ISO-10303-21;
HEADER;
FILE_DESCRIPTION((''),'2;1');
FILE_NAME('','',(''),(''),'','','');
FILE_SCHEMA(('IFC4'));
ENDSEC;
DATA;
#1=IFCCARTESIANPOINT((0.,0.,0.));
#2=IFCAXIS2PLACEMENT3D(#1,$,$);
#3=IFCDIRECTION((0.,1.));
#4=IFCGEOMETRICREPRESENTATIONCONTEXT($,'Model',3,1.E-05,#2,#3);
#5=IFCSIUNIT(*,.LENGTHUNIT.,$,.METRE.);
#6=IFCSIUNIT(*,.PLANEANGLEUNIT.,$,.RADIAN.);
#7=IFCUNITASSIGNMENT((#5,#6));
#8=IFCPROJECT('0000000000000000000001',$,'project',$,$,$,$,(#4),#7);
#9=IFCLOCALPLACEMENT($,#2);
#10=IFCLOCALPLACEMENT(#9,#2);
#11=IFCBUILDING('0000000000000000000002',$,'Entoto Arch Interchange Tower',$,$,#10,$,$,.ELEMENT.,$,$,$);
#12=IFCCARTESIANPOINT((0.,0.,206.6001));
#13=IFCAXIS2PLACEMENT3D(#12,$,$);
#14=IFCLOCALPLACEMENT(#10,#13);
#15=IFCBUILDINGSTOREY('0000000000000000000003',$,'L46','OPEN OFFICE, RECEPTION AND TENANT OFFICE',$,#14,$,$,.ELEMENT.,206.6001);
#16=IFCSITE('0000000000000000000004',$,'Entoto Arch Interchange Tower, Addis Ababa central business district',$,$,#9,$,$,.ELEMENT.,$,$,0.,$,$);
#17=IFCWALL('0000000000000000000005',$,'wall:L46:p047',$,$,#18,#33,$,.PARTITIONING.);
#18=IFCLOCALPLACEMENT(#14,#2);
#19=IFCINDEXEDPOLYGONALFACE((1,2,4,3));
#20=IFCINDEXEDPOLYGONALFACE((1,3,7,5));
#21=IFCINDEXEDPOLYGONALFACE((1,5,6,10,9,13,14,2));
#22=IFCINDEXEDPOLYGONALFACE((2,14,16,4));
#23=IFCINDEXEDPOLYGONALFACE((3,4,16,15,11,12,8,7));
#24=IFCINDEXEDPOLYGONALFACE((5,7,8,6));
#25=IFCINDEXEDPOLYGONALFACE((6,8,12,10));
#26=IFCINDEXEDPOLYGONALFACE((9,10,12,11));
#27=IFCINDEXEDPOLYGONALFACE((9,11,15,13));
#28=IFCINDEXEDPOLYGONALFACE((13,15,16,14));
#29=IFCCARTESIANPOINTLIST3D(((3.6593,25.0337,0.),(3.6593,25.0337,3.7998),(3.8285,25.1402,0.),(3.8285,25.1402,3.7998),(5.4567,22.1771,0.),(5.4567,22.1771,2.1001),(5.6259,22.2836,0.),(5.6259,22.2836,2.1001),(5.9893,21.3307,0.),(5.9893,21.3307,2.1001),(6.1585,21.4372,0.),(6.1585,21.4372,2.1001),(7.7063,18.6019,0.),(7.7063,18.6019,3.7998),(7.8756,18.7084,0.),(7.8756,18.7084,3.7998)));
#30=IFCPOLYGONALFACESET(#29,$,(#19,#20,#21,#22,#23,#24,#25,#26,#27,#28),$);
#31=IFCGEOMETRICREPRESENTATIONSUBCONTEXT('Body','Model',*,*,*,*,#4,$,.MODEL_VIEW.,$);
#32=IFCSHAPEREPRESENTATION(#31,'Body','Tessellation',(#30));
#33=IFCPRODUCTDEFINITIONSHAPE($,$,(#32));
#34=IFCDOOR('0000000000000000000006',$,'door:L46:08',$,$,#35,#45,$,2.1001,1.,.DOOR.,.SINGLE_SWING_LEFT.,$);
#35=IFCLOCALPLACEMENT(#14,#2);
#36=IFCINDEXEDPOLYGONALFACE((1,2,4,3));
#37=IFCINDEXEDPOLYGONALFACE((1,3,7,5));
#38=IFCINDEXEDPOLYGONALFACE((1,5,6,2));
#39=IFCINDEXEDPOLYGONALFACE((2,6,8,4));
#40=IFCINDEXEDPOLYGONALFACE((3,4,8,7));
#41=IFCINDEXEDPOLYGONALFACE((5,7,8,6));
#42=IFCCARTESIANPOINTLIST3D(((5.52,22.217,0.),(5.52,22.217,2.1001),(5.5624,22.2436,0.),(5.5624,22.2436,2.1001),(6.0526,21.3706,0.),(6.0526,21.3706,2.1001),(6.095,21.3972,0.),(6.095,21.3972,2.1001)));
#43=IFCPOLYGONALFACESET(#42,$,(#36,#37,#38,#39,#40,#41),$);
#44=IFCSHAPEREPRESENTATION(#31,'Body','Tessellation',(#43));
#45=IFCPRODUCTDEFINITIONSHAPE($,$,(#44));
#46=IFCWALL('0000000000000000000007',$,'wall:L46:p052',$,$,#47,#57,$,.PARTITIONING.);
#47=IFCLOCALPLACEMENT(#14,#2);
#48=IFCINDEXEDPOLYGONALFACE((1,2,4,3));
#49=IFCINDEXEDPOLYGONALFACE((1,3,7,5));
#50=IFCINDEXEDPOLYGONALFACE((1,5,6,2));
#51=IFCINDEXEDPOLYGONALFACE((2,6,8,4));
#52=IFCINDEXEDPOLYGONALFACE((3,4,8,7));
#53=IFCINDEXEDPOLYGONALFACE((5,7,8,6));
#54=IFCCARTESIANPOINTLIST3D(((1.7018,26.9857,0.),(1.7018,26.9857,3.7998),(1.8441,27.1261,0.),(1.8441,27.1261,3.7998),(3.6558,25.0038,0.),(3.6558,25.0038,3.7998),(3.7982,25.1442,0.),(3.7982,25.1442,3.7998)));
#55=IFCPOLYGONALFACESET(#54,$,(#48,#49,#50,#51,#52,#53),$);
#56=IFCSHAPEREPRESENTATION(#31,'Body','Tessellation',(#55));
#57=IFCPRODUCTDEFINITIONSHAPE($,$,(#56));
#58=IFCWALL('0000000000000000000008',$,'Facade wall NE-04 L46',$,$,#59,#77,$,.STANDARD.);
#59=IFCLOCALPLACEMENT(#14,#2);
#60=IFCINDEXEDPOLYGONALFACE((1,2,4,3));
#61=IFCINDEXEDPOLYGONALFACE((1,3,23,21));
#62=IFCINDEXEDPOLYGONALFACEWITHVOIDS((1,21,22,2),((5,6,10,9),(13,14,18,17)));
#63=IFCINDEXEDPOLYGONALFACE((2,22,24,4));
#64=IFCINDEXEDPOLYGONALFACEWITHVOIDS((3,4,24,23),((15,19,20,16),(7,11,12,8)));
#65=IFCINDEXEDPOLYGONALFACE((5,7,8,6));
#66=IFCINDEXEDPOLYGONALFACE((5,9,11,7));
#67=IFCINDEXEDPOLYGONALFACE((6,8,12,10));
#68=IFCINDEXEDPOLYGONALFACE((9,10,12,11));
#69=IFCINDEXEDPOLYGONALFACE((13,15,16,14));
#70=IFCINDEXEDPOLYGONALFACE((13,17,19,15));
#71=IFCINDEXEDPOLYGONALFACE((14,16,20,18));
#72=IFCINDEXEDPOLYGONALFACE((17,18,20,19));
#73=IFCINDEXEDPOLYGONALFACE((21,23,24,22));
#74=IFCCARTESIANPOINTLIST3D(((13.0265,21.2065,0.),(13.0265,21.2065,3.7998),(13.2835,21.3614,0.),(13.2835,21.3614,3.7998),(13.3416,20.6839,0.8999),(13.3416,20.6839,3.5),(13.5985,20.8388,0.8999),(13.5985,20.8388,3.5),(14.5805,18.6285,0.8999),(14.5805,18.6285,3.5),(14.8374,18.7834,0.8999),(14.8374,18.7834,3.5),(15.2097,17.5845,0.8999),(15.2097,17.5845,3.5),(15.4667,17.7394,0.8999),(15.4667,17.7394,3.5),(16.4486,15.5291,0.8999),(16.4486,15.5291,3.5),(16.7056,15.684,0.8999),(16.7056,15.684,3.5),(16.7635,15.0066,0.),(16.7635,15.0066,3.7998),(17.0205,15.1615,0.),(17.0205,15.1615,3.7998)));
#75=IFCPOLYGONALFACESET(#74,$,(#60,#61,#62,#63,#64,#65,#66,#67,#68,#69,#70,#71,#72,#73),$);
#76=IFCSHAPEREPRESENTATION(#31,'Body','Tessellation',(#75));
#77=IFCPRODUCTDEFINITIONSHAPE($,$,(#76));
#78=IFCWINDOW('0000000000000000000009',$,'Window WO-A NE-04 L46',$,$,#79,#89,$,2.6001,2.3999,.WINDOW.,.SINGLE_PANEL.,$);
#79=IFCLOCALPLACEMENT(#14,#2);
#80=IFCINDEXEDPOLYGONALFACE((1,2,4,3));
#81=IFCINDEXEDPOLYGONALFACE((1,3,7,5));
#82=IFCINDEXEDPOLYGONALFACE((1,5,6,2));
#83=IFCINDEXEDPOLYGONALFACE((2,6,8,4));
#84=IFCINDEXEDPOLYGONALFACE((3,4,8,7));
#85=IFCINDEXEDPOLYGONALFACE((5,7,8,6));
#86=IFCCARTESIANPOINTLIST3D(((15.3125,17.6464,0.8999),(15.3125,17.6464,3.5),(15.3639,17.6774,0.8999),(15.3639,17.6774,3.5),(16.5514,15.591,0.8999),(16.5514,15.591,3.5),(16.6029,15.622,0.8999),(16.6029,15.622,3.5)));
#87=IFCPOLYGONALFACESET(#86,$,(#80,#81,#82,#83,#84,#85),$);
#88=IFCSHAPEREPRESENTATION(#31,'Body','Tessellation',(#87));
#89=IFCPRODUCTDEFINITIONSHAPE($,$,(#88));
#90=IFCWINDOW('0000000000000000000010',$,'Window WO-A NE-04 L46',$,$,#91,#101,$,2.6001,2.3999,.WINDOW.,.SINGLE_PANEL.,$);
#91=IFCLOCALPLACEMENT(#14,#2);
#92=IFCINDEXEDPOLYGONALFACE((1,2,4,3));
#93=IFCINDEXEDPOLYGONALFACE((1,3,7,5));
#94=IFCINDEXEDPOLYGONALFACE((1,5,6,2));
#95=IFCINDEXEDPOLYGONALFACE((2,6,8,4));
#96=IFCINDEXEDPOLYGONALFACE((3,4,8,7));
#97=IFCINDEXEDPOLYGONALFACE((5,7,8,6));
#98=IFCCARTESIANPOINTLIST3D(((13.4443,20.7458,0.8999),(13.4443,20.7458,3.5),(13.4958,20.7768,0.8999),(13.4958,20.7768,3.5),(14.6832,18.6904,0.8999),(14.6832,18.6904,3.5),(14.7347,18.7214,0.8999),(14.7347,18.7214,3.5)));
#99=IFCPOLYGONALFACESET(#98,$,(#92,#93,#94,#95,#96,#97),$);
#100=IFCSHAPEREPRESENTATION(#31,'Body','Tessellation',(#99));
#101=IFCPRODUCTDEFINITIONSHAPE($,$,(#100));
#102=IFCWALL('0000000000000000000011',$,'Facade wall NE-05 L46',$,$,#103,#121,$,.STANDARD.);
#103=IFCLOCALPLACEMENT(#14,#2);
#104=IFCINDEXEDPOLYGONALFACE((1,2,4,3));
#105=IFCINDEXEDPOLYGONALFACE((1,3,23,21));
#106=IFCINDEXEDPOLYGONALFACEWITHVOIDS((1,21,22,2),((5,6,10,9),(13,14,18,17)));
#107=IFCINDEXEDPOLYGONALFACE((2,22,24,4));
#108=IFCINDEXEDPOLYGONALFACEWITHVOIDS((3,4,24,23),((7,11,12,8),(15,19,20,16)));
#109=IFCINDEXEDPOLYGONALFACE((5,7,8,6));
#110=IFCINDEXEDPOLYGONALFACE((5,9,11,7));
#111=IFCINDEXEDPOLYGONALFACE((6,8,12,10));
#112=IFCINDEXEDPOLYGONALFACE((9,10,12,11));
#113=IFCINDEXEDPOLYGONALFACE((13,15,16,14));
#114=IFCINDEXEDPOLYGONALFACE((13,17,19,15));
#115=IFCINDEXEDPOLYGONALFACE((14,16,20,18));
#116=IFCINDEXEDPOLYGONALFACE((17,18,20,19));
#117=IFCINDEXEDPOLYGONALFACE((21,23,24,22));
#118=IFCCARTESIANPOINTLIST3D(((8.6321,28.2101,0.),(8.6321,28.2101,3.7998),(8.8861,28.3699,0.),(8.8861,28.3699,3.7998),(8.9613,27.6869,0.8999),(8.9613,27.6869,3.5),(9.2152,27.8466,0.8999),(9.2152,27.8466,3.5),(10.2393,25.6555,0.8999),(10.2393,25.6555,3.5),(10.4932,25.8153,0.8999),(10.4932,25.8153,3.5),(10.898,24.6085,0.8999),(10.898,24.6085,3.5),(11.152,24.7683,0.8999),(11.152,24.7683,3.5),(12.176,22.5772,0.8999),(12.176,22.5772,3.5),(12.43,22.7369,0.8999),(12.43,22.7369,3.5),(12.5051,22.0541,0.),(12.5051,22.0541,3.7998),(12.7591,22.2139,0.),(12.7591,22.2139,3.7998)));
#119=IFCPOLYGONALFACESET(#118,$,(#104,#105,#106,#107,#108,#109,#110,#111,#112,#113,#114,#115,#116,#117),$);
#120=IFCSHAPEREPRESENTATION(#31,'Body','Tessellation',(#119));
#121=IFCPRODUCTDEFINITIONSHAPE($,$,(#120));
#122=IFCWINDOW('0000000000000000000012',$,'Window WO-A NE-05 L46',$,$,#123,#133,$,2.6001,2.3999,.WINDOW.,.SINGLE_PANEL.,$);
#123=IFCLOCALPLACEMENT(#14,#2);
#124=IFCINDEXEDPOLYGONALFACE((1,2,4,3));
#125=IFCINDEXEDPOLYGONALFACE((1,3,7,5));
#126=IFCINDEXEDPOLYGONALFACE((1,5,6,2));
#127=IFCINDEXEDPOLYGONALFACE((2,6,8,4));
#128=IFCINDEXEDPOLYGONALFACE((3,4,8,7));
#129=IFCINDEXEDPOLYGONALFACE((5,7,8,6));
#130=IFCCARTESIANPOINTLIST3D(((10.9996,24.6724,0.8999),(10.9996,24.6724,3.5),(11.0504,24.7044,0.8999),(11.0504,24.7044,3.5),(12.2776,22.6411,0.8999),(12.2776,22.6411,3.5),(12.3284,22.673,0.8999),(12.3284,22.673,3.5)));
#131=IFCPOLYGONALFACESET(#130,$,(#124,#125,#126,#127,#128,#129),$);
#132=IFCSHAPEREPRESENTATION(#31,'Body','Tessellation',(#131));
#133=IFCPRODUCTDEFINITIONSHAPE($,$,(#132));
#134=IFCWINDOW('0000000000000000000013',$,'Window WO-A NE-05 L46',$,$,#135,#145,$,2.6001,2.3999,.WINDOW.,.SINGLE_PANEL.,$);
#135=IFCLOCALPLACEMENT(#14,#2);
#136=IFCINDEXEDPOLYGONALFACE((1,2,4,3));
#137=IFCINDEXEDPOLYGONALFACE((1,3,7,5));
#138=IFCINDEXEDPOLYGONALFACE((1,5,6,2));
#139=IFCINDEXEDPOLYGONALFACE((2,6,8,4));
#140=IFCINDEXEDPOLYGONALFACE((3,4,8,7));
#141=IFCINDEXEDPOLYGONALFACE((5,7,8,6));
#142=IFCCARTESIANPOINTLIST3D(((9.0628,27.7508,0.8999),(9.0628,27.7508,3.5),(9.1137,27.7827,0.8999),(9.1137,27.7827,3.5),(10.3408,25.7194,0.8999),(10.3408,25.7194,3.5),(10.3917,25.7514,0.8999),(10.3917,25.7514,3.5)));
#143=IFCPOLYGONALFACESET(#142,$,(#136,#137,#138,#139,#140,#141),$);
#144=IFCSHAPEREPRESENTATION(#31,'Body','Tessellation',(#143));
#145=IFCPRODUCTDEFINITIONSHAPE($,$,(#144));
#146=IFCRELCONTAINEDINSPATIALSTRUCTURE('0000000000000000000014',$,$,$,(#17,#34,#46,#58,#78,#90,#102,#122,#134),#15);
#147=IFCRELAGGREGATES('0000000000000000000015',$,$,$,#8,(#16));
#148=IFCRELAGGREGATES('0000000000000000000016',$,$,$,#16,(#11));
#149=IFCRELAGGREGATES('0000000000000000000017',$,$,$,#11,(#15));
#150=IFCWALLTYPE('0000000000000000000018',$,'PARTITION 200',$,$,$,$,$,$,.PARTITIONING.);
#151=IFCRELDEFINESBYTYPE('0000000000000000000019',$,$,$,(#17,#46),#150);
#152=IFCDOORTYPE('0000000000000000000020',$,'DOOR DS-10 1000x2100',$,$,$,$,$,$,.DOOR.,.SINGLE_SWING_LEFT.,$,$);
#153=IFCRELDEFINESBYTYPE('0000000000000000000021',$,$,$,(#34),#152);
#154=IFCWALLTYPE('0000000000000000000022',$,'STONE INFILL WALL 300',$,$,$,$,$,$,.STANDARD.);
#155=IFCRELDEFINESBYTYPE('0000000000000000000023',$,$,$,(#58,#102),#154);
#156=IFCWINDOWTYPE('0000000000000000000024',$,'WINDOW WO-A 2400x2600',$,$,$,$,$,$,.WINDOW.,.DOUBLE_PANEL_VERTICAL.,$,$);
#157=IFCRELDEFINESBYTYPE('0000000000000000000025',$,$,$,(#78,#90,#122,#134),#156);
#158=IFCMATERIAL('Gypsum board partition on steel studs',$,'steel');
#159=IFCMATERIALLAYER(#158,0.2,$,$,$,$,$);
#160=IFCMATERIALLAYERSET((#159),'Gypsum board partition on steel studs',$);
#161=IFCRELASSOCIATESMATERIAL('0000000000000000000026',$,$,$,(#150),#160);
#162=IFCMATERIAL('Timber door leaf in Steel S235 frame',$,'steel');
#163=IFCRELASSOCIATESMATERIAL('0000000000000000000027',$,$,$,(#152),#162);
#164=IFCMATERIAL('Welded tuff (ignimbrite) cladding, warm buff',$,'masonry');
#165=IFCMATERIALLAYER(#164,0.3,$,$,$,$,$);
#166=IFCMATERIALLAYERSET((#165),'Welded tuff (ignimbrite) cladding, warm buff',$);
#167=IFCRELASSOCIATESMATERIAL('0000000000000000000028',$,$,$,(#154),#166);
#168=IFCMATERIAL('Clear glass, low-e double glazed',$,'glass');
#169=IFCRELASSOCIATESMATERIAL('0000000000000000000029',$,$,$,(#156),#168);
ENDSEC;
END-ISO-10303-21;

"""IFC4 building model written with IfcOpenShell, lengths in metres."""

from ifc_helpers import new_model, si_unit, direction, frame, frame_2d, origin, place, context, subcontext, project, spatial, rectangle, extrude, material, layer, layer_set, type_object, element, fill, save


model = new_model("IFC4")

# Units and contexts
model_context = context("Model", 3, precision=1e-05, world=origin(), true_north=direction((0.0, 1.0)))
body_context = subcontext(model_context, "Body", "Model", "MODEL_VIEW")
ifc_project = project(units=[si_unit("LENGTHUNIT", "METRE"), si_unit("PLANEANGLEUNIT", "RADIAN")], contexts=[model_context])

# Site, building, storey
site_placement = place(None, origin())
site = spatial("IfcSite", under=ifc_project, at=site_placement, Name="Entoto Arch Interchange Tower, Addis Ababa central business district", CompositionType="ELEMENT", RefElevation=0.0)
building_placement = place(site_placement, origin())
building = spatial("IfcBuilding", under=site, at=building_placement, Name="Entoto Arch Interchange Tower", CompositionType="ELEMENT")
storey_placement = place(building_placement, frame((0.0, 0.0, 206.6001)))
storey = spatial("IfcBuildingStorey", under=building, at=storey_placement, Name="L46", Description="OPEN OFFICE, RECEPTION AND TENANT OFFICE", CompositionType="ELEMENT", Elevation=206.6001)

# Shared definitions
ifc_material_1 = material(Name="Gypsum board partition on steel studs", Category="steel")

# Shared definitions
ifc_layer_1 = layer(ifc_material_1, 0.2)
ifc_layer_set_1 = layer_set([ifc_layer_1], Name="Gypsum board partition on steel studs")
wall_type_1 = type_object("IfcWallType", Name="PARTITION 200", PredefinedType="PARTITIONING", material=ifc_layer_set_1)
ifc_material_2 = material(Name="Timber door leaf in Steel S235 frame", Category="steel")
door_type = type_object("IfcDoorType", Name="DOOR DS-10 1000x2100", OperationType="SINGLE_SWING_LEFT", PredefinedType="DOOR", material=ifc_material_2)

# Wall, opening, door
wall_1_placement = place(storey_placement, frame((3.7439, 25.0869, 0.0), z_axis=(0.0, 0.0, 1.0), x_axis=(0.53257, -0.846386, 0.0)))
wall_1 = element("IfcWall", 1, at=wall_1_placement, inside=storey, type_object=wall_type_1, Name="wall:L46:p047", PredefinedType="PARTITIONING", context=body_context, shape_type="SweptSolid", body=[
    extrude(rectangle(XDim=7.5991, YDim=0.2, at=frame_2d((3.7996, 0.0))), origin(), (0.0, 0.0, 1.0), 3.7998),
])
opening_1_placement = place(wall_1_placement, frame((3.375, 0.0, 0.0)))
opening_1 = element("IfcOpeningElement", 2, at=opening_1_placement, cuts=wall_1, PredefinedType="OPENING", context=body_context, shape_type="SweptSolid", body=[
    extrude(rectangle(XDim=1.0, YDim=2.1001, at=frame_2d((0.5, 1.05))), frame((0.0, 0.1099, 0.0), z_axis=(0.0, -1.0, 0.0), x_axis=(1.0, 0.0, 0.0)), (0.0, 0.0, 1.0), 0.22),
])
door_1_placement = place(opening_1_placement, origin())
door_1 = element("IfcDoor", 3, at=door_1_placement, inside=storey, type_object=door_type, Name="door:L46:08", OperationType="SINGLE_SWING_LEFT", OverallHeight=2.1001, OverallWidth=1.0, PredefinedType="DOOR", context=body_context, shape_type="SweptSolid", body=[
    extrude(rectangle(XDim=1.0, YDim=2.1001, at=frame_2d((0.5, 1.05))), frame((0.0, 0.0249, 0.0), z_axis=(0.0, -1.0, 0.0), x_axis=(1.0, 0.0, 0.0)), (0.0, 0.0, 1.0), 0.05),
])
fill(opening_1, door_1)

# Wall
wall_2_placement = place(storey_placement, frame((1.7729, 27.0559, 0.0), z_axis=(0.0, 0.0, 1.0), x_axis=(0.702089, -0.712089, 0.0)))
element("IfcWall", 4, at=wall_2_placement, inside=storey, type_object=wall_type_1, Name="wall:L46:p052", PredefinedType="PARTITIONING", context=body_context, shape_type="SweptSolid", body=[
    extrude(rectangle(XDim=2.7832, YDim=0.2, at=frame_2d((1.3916, 0.0))), origin(), (0.0, 0.0, 1.0), 3.7998),
])

# Walls, openings, windows
ifc_material_3 = material(Name="Welded tuff (ignimbrite) cladding, warm buff", Category="masonry")
ifc_layer_2 = layer(ifc_material_3, 0.3)
ifc_layer_set_2 = layer_set([ifc_layer_2], Name="Welded tuff (ignimbrite) cladding, warm buff")
wall_type_2 = type_object("IfcWallType", Name="STONE INFILL WALL 300", PredefinedType="STANDARD", material=ifc_layer_set_2)
wall_3_placement = place(storey_placement, frame((16.8921, 15.084, 0.0), z_axis=(0.0, 0.0, 1.0), x_axis=(-0.516231, 0.85645, 0.0)))
wall_3 = element("IfcWall", 5, at=wall_3_placement, inside=storey, type_object=wall_type_2, Name="Facade wall NE-04 L46", PredefinedType="STANDARD", context=body_context, shape_type="SweptSolid", body=[
    extrude(rectangle(XDim=7.239, YDim=0.3, at=frame_2d((3.6196, 0.0))), origin(), (0.0, 0.0, 1.0), 3.7998),
])
opening_2_placement = place(wall_3_placement, frame((0.6101, 0.0, 0.8999)))
opening_2 = element("IfcOpeningElement", 6, at=opening_2_placement, cuts=wall_3, PredefinedType="OPENING", context=body_context, shape_type="SweptSolid", body=[
    extrude(rectangle(XDim=2.3999, YDim=2.6001, at=frame_2d((1.2, 1.3))), frame((0.0, 0.1602, 0.0), z_axis=(0.0, -1.0, 0.0), x_axis=(1.0, 0.0, 0.0)), (0.0, 0.0, 1.0), 0.3201),
])
opening_3_placement = place(wall_3_placement, frame((4.229, 0.0, 0.8999)))
opening_3 = element("IfcOpeningElement", 7, at=opening_3_placement, cuts=wall_3, PredefinedType="OPENING", context=body_context, shape_type="SweptSolid", body=[
    extrude(rectangle(XDim=2.3999, YDim=2.6001, at=frame_2d((1.2, 1.3))), frame((0.0, 0.1602, 0.0), z_axis=(0.0, -1.0, 0.0), x_axis=(1.0, 0.0, 0.0)), (0.0, 0.0, 1.0), 0.3201),
])
ifc_material_4 = material(Name="Clear glass, low-e double glazed", Category="glass")
window_type_1 = type_object("IfcWindowType", Name="WINDOW WO-A 2400x2600", PartitioningType="DOUBLE_PANEL_VERTICAL", PredefinedType="WINDOW", material=ifc_material_4)
window_1_placement = place(opening_2_placement, origin())
window_1 = element("IfcWindow", 8, at=window_1_placement, inside=storey, type_object=window_type_1, Name="Window WO-A NE-04 L46", OverallHeight=2.6001, OverallWidth=2.3999, PartitioningType="SINGLE_PANEL", PredefinedType="WINDOW", context=body_context, shape_type="SweptSolid", body=[
    extrude(rectangle(XDim=2.3999, YDim=2.6001, at=frame_2d((1.2, 1.3))), frame((0.0, 0.03, 0.0), z_axis=(0.0, -1.0, 0.0), x_axis=(1.0, 0.0, 0.0)), (0.0, 0.0, 1.0), 0.0601),
])
fill(opening_2, window_1)
window_2_placement = place(opening_3_placement, origin())
window_2 = element("IfcWindow", 9, at=window_2_placement, inside=storey, type_object=window_type_1, Name="Window WO-A NE-04 L46", OverallHeight=2.6001, OverallWidth=2.3999, PartitioningType="SINGLE_PANEL", PredefinedType="WINDOW", context=body_context, shape_type="SweptSolid", body=[
    extrude(rectangle(XDim=2.3999, YDim=2.6001, at=frame_2d((1.2, 1.3))), frame((0.0, 0.03, 0.0), z_axis=(0.0, -1.0, 0.0), x_axis=(1.0, 0.0, 0.0)), (0.0, 0.0, 1.0), 0.0601),
])
fill(opening_3, window_2)
wall_4_placement = place(storey_placement, frame((12.6321, 22.134, 0.0), z_axis=(0.0, 0.0, 1.0), x_axis=(-0.532522, 0.846416, 0.0)))
wall_4 = element("IfcWall", 10, at=wall_4_placement, inside=storey, type_object=wall_type_2, Name="Facade wall NE-05 L46", PredefinedType="STANDARD", context=body_context, shape_type="SweptSolid", body=[
    extrude(rectangle(XDim=7.2729, YDim=0.3, at=frame_2d((3.6365, 0.0))), origin(), (0.0, 0.0, 1.0), 3.7998),
])
opening_4_placement = place(wall_4_placement, frame((0.6179, 0.0, 0.8999)))
opening_4 = element("IfcOpeningElement", 11, at=opening_4_placement, cuts=wall_4, PredefinedType="OPENING", context=body_context, shape_type="SweptSolid", body=[
    extrude(rectangle(XDim=2.3999, YDim=2.6001, at=frame_2d((1.2, 1.3))), frame((0.0, 0.1602, 0.0), z_axis=(0.0, -1.0, 0.0), x_axis=(1.0, 0.0, 0.0)), (0.0, 0.0, 1.0), 0.3201),
])
opening_5_placement = place(wall_4_placement, frame((4.2549, 0.0, 0.8999)))
opening_5 = element("IfcOpeningElement", 12, at=opening_5_placement, cuts=wall_4, PredefinedType="OPENING", context=body_context, shape_type="SweptSolid", body=[
    extrude(rectangle(XDim=2.3999, YDim=2.6001, at=frame_2d((1.2, 1.3))), frame((0.0, 0.1602, 0.0), z_axis=(0.0, -1.0, 0.0), x_axis=(1.0, 0.0, 0.0)), (0.0, 0.0, 1.0), 0.3201),
])
window_3_placement = place(opening_4_placement, origin())
window_3 = element("IfcWindow", 13, at=window_3_placement, inside=storey, type_object=window_type_1, Name="Window WO-A NE-05 L46", OverallHeight=2.6001, OverallWidth=2.3999, PartitioningType="SINGLE_PANEL", PredefinedType="WINDOW", context=body_context, shape_type="SweptSolid", body=[
    extrude(rectangle(XDim=2.3999, YDim=2.6001, at=frame_2d((1.2, 1.3))), frame((0.0, 0.03, 0.0), z_axis=(0.0, -1.0, 0.0), x_axis=(1.0, 0.0, 0.0)), (0.0, 0.0, 1.0), 0.0601),
])
fill(opening_4, window_3)
window_4_placement = place(opening_5_placement, origin())
window_4 = element("IfcWindow", 14, at=window_4_placement, inside=storey, type_object=window_type_1, Name="Window WO-A NE-05 L46", OverallHeight=2.6001, OverallWidth=2.3999, PartitioningType="SINGLE_PANEL", PredefinedType="WINDOW", context=body_context, shape_type="SweptSolid", body=[
    extrude(rectangle(XDim=2.3999, YDim=2.6001, at=frame_2d((1.2, 1.3))), frame((0.0, 0.03, 0.0), z_axis=(0.0, -1.0, 0.0), x_axis=(1.0, 0.0, 0.0)), (0.0, 0.0, 1.0), 0.0601),
])
fill(opening_5, window_4)

save(model, "model.ifc")
